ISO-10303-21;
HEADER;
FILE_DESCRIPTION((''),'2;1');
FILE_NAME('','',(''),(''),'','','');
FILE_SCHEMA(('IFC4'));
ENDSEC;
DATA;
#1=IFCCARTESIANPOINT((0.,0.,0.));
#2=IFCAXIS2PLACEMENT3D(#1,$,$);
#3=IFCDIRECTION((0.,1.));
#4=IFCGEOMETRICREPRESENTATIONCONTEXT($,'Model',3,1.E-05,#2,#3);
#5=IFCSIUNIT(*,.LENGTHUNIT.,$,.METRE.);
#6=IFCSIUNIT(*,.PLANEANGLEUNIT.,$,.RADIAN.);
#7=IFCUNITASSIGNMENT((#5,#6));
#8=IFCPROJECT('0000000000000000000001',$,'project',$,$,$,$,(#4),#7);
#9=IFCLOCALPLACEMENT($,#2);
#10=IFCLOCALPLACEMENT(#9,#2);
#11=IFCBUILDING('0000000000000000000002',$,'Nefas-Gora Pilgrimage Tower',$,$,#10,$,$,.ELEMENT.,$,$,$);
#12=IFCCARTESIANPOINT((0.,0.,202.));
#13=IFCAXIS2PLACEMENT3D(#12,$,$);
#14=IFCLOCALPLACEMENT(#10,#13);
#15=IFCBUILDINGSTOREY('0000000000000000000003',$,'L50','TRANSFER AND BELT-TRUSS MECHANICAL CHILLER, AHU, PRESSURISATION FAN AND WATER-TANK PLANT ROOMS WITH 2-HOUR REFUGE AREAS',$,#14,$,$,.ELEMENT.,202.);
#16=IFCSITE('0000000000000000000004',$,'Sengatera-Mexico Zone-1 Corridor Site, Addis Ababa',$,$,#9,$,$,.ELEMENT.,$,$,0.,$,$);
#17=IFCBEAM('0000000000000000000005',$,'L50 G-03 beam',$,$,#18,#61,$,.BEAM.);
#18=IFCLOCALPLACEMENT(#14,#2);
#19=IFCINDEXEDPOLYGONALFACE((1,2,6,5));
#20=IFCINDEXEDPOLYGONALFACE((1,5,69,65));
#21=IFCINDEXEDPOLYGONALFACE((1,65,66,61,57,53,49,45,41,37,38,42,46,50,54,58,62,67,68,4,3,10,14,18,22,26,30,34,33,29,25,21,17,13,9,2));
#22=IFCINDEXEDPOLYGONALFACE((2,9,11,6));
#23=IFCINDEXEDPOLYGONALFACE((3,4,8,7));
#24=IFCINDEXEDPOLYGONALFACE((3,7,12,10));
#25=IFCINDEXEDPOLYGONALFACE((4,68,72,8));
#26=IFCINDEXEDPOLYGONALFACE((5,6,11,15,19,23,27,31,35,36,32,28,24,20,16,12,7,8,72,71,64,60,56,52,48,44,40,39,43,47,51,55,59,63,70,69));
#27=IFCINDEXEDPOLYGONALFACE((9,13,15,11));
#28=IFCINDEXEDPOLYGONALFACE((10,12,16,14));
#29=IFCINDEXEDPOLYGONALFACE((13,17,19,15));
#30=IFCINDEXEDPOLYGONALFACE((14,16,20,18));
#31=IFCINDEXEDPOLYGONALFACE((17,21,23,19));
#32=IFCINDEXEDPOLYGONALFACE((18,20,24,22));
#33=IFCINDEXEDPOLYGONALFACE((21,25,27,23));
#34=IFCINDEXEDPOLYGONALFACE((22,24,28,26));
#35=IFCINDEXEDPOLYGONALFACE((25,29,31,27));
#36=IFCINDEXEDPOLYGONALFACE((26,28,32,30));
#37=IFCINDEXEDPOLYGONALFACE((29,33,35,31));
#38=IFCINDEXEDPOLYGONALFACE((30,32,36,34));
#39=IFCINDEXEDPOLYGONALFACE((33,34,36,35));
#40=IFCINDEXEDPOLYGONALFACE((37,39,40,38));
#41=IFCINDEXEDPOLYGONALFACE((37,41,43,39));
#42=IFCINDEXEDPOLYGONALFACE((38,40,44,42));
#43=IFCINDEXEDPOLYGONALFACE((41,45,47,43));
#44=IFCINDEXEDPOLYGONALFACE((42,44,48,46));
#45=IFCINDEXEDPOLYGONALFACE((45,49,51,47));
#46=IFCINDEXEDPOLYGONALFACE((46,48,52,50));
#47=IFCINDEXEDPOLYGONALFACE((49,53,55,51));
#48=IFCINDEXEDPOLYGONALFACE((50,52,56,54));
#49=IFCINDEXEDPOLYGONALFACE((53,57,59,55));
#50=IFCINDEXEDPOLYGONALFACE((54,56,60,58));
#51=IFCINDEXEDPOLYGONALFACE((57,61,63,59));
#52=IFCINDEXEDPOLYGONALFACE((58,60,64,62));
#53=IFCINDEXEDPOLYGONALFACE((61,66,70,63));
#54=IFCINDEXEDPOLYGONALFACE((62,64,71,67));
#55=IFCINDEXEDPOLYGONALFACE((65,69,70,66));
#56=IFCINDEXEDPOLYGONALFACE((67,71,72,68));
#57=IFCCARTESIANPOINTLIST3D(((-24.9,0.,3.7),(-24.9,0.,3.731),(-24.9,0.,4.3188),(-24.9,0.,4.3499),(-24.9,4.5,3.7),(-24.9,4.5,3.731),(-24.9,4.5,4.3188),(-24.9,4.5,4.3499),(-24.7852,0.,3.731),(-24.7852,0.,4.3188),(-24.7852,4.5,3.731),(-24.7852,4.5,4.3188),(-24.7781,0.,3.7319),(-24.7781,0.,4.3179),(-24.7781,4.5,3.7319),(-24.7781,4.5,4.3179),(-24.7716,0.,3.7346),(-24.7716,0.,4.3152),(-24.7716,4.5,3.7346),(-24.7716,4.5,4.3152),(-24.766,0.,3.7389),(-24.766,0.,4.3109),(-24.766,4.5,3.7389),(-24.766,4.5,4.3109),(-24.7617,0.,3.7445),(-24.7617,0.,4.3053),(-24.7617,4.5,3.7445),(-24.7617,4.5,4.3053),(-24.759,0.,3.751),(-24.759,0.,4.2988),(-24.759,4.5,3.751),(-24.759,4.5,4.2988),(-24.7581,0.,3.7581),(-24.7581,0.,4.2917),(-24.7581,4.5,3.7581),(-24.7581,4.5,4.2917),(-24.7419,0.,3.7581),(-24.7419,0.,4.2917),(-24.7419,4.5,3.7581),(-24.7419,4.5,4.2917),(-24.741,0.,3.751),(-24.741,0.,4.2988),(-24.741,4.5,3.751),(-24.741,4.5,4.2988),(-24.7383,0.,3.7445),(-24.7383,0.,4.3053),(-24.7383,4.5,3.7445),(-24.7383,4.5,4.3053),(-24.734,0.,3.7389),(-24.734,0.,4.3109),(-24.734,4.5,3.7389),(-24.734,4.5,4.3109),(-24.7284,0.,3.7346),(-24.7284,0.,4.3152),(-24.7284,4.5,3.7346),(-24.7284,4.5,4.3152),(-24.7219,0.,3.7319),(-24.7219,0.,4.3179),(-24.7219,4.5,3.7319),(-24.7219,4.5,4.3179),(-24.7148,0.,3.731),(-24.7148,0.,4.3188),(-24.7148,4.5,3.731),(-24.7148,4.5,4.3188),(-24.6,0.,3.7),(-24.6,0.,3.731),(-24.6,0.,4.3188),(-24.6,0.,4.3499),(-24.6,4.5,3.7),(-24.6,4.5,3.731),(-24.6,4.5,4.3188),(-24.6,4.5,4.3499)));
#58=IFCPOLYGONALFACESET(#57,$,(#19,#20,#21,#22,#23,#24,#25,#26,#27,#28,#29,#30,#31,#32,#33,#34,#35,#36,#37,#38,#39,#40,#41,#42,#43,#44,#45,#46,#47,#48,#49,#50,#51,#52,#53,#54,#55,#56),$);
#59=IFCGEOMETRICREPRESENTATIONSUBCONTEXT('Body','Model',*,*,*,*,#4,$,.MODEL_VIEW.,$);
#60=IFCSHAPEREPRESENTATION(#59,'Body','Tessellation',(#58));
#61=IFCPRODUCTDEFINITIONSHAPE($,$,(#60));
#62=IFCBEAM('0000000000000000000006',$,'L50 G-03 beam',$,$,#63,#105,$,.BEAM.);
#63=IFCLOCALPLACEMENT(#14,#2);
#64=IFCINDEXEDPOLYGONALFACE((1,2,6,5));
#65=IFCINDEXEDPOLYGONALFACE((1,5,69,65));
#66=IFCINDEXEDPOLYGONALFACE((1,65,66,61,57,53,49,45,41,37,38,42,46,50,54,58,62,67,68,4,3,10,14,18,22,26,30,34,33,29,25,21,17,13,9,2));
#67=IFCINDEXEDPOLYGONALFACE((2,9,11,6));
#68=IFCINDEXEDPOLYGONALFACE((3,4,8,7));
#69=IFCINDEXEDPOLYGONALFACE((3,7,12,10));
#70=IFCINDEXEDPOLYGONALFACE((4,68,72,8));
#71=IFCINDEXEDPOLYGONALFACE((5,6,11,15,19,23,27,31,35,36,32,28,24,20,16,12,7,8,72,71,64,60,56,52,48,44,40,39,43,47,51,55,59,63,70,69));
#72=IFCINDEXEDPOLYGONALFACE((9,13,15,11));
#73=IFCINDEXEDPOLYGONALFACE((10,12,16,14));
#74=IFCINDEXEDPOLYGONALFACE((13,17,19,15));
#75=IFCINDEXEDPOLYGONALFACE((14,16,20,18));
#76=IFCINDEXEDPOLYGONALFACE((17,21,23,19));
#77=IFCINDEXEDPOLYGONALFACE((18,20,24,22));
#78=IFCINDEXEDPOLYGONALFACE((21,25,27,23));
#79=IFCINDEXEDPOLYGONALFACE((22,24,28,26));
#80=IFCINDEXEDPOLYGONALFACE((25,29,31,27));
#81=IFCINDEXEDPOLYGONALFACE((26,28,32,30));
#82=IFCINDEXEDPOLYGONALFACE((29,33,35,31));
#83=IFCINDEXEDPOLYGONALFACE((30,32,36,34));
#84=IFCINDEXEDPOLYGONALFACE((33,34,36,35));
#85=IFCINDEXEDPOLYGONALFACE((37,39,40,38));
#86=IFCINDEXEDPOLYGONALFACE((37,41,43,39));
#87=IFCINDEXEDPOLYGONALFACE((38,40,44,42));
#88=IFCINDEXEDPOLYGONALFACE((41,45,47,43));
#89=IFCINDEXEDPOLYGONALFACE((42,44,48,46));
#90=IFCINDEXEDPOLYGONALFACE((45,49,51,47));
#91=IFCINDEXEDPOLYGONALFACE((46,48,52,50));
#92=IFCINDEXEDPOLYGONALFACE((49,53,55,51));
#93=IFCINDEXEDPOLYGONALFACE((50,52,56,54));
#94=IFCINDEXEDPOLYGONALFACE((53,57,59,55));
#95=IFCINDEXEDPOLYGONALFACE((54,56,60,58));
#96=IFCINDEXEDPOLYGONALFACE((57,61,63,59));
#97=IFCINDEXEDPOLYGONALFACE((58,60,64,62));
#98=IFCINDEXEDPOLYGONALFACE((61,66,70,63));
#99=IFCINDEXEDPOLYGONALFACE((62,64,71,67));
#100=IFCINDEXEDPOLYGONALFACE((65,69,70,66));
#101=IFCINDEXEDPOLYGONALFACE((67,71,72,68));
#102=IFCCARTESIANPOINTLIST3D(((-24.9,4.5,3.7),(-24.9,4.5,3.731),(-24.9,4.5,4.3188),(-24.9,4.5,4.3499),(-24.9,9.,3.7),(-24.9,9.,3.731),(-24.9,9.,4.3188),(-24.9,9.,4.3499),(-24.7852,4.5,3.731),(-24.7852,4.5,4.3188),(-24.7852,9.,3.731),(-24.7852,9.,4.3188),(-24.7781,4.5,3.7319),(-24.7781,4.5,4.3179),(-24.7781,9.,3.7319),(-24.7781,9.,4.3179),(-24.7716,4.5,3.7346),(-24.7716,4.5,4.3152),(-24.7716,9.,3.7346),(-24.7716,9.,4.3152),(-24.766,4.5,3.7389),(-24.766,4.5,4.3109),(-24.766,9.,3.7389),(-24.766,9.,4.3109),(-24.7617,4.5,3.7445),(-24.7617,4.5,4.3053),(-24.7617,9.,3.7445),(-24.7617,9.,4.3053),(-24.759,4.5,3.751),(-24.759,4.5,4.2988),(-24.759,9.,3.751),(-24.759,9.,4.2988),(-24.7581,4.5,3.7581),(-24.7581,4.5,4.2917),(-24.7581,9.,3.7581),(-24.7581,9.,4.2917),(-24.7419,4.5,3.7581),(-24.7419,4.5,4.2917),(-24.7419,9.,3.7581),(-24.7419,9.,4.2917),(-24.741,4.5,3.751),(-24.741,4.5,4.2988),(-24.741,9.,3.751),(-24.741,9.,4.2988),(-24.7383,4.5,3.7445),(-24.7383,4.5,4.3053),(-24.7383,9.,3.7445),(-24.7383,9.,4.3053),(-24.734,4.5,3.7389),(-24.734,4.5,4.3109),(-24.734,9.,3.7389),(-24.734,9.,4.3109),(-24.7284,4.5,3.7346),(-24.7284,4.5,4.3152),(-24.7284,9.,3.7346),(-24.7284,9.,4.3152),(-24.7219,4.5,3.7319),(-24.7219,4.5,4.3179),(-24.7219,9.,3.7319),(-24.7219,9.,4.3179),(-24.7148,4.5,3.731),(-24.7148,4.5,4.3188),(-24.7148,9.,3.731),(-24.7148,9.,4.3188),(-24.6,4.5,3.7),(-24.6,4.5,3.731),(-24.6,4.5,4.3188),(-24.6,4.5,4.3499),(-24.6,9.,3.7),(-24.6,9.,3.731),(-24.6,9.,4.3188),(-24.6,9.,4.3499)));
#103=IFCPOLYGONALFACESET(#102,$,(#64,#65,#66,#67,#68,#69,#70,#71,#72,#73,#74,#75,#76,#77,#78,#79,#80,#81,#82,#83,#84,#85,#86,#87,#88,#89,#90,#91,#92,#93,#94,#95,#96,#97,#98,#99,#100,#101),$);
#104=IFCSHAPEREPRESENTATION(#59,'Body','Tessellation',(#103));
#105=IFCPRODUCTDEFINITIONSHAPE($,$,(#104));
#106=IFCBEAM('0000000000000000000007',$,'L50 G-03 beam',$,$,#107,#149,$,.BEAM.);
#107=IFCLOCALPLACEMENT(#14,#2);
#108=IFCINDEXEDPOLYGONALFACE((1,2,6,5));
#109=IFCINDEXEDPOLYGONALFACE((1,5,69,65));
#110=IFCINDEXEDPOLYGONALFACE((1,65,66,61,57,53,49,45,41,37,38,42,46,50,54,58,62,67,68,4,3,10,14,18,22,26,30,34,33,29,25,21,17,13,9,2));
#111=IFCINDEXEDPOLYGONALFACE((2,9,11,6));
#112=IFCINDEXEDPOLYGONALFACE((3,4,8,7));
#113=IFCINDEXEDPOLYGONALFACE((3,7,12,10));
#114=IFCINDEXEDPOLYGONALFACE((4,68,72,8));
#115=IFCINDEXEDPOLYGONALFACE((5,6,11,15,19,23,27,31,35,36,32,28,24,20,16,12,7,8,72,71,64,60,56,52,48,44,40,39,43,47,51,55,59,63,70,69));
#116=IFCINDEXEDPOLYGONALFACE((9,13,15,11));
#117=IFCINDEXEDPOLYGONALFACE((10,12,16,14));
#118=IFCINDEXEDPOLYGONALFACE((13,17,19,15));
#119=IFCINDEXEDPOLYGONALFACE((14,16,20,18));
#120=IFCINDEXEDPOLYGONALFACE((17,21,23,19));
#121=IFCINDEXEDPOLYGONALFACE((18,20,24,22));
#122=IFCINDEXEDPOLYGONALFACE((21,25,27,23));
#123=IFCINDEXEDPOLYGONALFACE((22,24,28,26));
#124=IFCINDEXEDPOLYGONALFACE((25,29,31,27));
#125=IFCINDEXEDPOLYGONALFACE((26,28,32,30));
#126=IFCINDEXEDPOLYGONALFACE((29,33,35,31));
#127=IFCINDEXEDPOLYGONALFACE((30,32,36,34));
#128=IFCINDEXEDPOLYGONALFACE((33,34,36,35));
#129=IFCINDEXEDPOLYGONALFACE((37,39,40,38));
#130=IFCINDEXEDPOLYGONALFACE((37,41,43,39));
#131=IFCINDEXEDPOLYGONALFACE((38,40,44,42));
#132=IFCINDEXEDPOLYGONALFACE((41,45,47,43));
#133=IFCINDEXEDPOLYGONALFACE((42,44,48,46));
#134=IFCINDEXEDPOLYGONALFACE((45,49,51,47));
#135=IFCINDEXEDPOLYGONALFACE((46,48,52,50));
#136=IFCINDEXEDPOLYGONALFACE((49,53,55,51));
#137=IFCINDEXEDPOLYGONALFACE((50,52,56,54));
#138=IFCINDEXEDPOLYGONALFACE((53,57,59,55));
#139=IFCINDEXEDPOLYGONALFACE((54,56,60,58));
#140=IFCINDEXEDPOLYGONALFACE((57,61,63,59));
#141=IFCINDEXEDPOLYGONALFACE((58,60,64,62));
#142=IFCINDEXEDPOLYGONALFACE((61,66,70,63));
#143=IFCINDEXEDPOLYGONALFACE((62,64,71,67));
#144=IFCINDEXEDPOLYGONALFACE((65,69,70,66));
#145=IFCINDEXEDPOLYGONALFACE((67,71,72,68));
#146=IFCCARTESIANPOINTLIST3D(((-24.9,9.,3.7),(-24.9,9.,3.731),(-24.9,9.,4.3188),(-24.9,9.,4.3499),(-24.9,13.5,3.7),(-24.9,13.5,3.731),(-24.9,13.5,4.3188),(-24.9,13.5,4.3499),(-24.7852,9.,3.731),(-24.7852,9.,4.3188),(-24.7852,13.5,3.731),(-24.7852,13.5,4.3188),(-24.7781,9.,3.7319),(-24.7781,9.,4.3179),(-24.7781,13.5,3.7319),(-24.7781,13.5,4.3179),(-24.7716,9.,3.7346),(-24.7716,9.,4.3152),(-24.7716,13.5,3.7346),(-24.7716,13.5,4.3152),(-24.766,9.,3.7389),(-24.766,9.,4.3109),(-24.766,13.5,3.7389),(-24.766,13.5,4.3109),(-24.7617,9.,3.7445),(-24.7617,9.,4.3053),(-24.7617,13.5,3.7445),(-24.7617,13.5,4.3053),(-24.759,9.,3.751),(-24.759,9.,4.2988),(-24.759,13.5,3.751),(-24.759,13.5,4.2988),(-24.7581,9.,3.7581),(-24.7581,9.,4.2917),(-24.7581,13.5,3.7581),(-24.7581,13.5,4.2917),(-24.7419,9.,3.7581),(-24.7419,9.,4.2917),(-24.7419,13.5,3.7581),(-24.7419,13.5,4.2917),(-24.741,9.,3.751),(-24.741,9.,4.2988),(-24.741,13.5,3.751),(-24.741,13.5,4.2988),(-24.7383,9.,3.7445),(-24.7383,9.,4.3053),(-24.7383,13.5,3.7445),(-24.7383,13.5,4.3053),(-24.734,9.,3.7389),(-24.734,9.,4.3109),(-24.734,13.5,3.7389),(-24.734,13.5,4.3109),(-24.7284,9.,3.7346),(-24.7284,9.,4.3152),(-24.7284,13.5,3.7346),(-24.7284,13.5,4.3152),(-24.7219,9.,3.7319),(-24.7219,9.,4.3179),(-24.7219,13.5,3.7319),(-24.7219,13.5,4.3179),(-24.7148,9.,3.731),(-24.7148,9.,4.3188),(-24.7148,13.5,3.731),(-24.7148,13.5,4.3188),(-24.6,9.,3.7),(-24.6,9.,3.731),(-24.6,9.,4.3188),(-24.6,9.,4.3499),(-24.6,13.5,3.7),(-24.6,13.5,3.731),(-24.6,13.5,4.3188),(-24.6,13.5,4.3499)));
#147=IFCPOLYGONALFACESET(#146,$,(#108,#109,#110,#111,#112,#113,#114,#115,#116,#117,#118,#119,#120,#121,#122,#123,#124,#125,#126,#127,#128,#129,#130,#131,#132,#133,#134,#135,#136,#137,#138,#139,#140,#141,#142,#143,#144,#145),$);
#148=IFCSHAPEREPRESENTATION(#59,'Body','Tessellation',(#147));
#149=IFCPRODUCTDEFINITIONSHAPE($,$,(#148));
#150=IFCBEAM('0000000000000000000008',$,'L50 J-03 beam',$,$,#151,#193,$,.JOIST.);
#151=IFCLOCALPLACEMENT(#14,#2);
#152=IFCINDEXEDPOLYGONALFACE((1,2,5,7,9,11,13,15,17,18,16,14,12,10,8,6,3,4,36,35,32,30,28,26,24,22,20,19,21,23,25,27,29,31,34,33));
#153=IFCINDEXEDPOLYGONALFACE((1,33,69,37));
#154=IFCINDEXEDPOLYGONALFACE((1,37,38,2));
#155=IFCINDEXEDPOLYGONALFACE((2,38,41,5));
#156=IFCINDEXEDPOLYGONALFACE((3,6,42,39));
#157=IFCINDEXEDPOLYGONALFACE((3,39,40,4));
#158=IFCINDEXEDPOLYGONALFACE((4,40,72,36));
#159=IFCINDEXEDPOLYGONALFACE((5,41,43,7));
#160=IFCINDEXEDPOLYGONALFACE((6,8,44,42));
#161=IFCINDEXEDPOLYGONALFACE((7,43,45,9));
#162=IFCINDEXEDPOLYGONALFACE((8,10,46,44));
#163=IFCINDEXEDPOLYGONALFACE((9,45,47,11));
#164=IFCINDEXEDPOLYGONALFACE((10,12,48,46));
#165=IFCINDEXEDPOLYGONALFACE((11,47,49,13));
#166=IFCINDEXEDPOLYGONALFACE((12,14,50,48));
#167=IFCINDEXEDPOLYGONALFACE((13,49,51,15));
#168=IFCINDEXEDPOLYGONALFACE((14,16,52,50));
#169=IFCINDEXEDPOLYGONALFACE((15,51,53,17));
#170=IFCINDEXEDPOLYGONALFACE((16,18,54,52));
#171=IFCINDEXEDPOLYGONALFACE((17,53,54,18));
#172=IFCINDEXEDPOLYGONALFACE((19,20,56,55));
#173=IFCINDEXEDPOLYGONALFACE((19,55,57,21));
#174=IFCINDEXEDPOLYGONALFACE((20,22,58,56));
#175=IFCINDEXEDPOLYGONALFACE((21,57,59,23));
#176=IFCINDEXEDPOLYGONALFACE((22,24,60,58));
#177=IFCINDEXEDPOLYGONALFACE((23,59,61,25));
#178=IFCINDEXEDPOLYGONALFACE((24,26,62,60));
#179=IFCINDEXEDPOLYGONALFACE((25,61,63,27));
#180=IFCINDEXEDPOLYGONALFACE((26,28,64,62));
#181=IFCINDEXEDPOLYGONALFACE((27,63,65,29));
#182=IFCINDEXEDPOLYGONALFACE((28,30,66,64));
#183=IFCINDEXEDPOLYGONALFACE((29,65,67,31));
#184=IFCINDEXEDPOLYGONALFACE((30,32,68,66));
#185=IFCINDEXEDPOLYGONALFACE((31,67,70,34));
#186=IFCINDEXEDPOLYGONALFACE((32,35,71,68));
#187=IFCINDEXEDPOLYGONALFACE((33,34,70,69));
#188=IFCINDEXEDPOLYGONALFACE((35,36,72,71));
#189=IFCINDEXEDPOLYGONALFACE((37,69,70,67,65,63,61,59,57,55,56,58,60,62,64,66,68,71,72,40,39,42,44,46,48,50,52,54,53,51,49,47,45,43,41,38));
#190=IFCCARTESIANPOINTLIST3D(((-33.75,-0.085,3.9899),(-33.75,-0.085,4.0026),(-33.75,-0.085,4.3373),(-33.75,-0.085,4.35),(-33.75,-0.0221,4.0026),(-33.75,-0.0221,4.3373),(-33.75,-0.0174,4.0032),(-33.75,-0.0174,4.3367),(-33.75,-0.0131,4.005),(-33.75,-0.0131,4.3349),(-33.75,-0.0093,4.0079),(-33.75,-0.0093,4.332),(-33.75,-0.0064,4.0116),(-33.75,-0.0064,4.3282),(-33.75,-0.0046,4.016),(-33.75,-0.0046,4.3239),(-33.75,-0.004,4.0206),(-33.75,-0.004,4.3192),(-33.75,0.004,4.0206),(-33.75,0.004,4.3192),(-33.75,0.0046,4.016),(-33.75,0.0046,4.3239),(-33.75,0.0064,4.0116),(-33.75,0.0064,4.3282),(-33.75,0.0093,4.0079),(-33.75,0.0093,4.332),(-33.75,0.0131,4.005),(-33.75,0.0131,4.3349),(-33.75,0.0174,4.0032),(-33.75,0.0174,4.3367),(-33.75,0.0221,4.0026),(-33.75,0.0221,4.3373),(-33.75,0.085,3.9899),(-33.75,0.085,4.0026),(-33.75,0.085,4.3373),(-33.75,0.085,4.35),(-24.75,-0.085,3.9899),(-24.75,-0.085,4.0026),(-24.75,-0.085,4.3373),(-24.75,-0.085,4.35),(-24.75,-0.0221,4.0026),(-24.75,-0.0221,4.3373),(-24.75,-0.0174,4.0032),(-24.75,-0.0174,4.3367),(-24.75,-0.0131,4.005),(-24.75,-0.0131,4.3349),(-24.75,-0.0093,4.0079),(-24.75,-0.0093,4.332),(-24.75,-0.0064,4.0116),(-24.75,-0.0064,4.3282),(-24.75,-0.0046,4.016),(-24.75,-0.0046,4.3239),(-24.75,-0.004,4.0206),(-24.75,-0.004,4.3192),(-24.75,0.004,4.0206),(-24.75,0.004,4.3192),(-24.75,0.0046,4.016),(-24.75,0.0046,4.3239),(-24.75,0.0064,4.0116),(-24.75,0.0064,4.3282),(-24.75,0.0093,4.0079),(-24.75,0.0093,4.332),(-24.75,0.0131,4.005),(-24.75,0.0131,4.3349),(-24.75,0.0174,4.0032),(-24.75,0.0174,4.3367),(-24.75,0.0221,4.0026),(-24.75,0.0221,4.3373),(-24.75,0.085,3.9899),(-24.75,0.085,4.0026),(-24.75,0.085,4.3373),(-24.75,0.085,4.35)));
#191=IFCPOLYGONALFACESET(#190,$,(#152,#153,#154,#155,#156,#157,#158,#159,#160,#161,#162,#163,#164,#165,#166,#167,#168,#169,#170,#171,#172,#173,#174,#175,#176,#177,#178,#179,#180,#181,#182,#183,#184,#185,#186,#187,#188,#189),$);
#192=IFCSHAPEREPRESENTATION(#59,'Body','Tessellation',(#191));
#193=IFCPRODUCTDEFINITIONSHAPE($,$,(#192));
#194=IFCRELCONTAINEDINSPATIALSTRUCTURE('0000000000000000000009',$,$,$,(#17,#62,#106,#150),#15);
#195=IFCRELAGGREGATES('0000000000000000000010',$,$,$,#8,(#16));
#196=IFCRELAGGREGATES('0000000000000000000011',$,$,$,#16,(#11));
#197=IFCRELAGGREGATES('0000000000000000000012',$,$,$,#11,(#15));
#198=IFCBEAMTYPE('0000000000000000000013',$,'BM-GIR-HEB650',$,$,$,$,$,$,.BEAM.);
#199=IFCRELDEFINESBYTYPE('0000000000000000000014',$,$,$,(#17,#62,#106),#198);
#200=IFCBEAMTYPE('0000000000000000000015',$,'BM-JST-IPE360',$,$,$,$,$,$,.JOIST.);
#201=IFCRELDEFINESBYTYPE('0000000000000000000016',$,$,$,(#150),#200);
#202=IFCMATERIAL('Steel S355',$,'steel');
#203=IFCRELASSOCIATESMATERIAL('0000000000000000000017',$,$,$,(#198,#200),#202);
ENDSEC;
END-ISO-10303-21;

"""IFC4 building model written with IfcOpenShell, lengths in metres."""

from ifc_helpers import new_model, si_unit, direction, frame, origin, origin_2d, place, context, subcontext, project, spatial, i_section, extrude, source, transform, mapped, material, material_profile, profile_set, type_object, element, save


model = new_model("IFC4")

# Units and contexts
model_context = context("Model", 3, precision=1e-05, world=origin(), true_north=direction((0.0, 1.0)))
body_context = subcontext(model_context, "Body", "Model", "MODEL_VIEW")
ifc_project = project(units=[si_unit("LENGTHUNIT", "METRE"), si_unit("PLANEANGLEUNIT", "RADIAN")], contexts=[model_context])

# Site, building, storey
site_placement = place(None, origin())
site = spatial("IfcSite", under=ifc_project, at=site_placement, Name="Sengatera-Mexico Zone-1 Corridor Site, Addis Ababa", CompositionType="ELEMENT", RefElevation=0.0)
building_placement = place(site_placement, origin())
building = spatial("IfcBuilding", under=site, at=building_placement, Name="Nefas-Gora Pilgrimage Tower", CompositionType="ELEMENT")
storey_placement = place(building_placement, frame((0.0, 0.0, 202.0)))
storey = spatial("IfcBuildingStorey", under=building, at=storey_placement, Name="L50", Description="TRANSFER AND BELT-TRUSS MECHANICAL CHILLER, AHU, PRESSURISATION FAN AND WATER-TANK PLANT ROOMS WITH 2-HOUR REFUGE AREAS", CompositionType="ELEMENT", Elevation=202.0)

# Beams
ifc_material_1 = material(Name="Steel S355", Category="steel")
ifc_material_profile_1 = material_profile(ifc_material_1, i_section(OverallWidth=0.3, OverallDepth=0.6499, WebThickness=0.0161, FlangeThickness=0.031, FilletRadius=0.0271, at=origin_2d()), Name="HEB 650")
ifc_profile_set_1 = profile_set([ifc_material_profile_1], Name="Steel S355")
beam_type_1 = type_object("IfcBeamType", Name="BM-GIR-HEB650", PredefinedType="BEAM", material=ifc_profile_set_1)
shared_shape_1 = source(origin(), body_context, "Body", "SweptSolid", [
    extrude(i_section(OverallWidth=0.3, OverallDepth=0.6499, WebThickness=0.0161, FlangeThickness=0.031, FilletRadius=0.0271, at=origin_2d()), origin(), (0.0, 0.0, 1.0), 4.5),
])
for number, where, z_axis, x_axis, name in (
    (1, (-24.75, 0.0, 4.0249), (0.0, 1.0, 0.0), (-1.0, 0.0, 0.0), "L50 G-03 beam"),
    (2, (-24.75, 4.5, 4.0249), (0.0, 1.0, 0.0), (-1.0, 0.0, 0.0), "L50 G-03 beam"),
    (3, (-24.75, 9.0, 4.0249), (0.0, 1.0, 0.0), (-1.0, 0.0, 0.0), "L50 G-03 beam"),
):
    element("IfcBeam", number, at=place(storey_placement, frame(where, z_axis=z_axis, x_axis=x_axis)), inside=storey, type_object=beam_type_1, Name=name, PredefinedType="BEAM", context=body_context, shape_type="MappedRepresentation", body=[
        mapped(shared_shape_1, transform((0.0, 0.0, 0.0), x_axis=(1.0, 0.0, 0.0), y_axis=(0.0, 1.0, 0.0), z_axis=(0.0, 0.0, 1.0), scale=1.0)),
    ])
ifc_material_profile_2 = material_profile(ifc_material_1, i_section(OverallWidth=0.1699, OverallDepth=0.3601, WebThickness=0.0081, FlangeThickness=0.0127, FilletRadius=0.0181, at=origin_2d()), Name="IPE 360")
ifc_profile_set_2 = profile_set([ifc_material_profile_2], Name="Steel S355")
beam_type_2 = type_object("IfcBeamType", Name="BM-JST-IPE360", PredefinedType="JOIST", material=ifc_profile_set_2)
shared_shape_2 = source(origin(), body_context, "Body", "SweptSolid", [
    extrude(i_section(OverallWidth=0.1699, OverallDepth=0.3601, WebThickness=0.0081, FlangeThickness=0.0127, FilletRadius=0.0181, at=origin_2d()), origin(), (0.0, 0.0, 1.0), 9.0),
])
beam_placement = place(storey_placement, frame((-33.75, 0.0, 4.1699), z_axis=(1.0, 0.0, 0.0), x_axis=(0.0, 1.0, 0.0)))
element("IfcBeam", 4, at=beam_placement, inside=storey, type_object=beam_type_2, Name="L50 J-03 beam", PredefinedType="JOIST", context=body_context, shape_type="MappedRepresentation", body=[
    mapped(shared_shape_2, transform((0.0, 0.0, 0.0), x_axis=(1.0, 0.0, 0.0), y_axis=(0.0, 1.0, 0.0), z_axis=(0.0, 0.0, 1.0), scale=1.0)),
])

save(model, "model.ifc")
